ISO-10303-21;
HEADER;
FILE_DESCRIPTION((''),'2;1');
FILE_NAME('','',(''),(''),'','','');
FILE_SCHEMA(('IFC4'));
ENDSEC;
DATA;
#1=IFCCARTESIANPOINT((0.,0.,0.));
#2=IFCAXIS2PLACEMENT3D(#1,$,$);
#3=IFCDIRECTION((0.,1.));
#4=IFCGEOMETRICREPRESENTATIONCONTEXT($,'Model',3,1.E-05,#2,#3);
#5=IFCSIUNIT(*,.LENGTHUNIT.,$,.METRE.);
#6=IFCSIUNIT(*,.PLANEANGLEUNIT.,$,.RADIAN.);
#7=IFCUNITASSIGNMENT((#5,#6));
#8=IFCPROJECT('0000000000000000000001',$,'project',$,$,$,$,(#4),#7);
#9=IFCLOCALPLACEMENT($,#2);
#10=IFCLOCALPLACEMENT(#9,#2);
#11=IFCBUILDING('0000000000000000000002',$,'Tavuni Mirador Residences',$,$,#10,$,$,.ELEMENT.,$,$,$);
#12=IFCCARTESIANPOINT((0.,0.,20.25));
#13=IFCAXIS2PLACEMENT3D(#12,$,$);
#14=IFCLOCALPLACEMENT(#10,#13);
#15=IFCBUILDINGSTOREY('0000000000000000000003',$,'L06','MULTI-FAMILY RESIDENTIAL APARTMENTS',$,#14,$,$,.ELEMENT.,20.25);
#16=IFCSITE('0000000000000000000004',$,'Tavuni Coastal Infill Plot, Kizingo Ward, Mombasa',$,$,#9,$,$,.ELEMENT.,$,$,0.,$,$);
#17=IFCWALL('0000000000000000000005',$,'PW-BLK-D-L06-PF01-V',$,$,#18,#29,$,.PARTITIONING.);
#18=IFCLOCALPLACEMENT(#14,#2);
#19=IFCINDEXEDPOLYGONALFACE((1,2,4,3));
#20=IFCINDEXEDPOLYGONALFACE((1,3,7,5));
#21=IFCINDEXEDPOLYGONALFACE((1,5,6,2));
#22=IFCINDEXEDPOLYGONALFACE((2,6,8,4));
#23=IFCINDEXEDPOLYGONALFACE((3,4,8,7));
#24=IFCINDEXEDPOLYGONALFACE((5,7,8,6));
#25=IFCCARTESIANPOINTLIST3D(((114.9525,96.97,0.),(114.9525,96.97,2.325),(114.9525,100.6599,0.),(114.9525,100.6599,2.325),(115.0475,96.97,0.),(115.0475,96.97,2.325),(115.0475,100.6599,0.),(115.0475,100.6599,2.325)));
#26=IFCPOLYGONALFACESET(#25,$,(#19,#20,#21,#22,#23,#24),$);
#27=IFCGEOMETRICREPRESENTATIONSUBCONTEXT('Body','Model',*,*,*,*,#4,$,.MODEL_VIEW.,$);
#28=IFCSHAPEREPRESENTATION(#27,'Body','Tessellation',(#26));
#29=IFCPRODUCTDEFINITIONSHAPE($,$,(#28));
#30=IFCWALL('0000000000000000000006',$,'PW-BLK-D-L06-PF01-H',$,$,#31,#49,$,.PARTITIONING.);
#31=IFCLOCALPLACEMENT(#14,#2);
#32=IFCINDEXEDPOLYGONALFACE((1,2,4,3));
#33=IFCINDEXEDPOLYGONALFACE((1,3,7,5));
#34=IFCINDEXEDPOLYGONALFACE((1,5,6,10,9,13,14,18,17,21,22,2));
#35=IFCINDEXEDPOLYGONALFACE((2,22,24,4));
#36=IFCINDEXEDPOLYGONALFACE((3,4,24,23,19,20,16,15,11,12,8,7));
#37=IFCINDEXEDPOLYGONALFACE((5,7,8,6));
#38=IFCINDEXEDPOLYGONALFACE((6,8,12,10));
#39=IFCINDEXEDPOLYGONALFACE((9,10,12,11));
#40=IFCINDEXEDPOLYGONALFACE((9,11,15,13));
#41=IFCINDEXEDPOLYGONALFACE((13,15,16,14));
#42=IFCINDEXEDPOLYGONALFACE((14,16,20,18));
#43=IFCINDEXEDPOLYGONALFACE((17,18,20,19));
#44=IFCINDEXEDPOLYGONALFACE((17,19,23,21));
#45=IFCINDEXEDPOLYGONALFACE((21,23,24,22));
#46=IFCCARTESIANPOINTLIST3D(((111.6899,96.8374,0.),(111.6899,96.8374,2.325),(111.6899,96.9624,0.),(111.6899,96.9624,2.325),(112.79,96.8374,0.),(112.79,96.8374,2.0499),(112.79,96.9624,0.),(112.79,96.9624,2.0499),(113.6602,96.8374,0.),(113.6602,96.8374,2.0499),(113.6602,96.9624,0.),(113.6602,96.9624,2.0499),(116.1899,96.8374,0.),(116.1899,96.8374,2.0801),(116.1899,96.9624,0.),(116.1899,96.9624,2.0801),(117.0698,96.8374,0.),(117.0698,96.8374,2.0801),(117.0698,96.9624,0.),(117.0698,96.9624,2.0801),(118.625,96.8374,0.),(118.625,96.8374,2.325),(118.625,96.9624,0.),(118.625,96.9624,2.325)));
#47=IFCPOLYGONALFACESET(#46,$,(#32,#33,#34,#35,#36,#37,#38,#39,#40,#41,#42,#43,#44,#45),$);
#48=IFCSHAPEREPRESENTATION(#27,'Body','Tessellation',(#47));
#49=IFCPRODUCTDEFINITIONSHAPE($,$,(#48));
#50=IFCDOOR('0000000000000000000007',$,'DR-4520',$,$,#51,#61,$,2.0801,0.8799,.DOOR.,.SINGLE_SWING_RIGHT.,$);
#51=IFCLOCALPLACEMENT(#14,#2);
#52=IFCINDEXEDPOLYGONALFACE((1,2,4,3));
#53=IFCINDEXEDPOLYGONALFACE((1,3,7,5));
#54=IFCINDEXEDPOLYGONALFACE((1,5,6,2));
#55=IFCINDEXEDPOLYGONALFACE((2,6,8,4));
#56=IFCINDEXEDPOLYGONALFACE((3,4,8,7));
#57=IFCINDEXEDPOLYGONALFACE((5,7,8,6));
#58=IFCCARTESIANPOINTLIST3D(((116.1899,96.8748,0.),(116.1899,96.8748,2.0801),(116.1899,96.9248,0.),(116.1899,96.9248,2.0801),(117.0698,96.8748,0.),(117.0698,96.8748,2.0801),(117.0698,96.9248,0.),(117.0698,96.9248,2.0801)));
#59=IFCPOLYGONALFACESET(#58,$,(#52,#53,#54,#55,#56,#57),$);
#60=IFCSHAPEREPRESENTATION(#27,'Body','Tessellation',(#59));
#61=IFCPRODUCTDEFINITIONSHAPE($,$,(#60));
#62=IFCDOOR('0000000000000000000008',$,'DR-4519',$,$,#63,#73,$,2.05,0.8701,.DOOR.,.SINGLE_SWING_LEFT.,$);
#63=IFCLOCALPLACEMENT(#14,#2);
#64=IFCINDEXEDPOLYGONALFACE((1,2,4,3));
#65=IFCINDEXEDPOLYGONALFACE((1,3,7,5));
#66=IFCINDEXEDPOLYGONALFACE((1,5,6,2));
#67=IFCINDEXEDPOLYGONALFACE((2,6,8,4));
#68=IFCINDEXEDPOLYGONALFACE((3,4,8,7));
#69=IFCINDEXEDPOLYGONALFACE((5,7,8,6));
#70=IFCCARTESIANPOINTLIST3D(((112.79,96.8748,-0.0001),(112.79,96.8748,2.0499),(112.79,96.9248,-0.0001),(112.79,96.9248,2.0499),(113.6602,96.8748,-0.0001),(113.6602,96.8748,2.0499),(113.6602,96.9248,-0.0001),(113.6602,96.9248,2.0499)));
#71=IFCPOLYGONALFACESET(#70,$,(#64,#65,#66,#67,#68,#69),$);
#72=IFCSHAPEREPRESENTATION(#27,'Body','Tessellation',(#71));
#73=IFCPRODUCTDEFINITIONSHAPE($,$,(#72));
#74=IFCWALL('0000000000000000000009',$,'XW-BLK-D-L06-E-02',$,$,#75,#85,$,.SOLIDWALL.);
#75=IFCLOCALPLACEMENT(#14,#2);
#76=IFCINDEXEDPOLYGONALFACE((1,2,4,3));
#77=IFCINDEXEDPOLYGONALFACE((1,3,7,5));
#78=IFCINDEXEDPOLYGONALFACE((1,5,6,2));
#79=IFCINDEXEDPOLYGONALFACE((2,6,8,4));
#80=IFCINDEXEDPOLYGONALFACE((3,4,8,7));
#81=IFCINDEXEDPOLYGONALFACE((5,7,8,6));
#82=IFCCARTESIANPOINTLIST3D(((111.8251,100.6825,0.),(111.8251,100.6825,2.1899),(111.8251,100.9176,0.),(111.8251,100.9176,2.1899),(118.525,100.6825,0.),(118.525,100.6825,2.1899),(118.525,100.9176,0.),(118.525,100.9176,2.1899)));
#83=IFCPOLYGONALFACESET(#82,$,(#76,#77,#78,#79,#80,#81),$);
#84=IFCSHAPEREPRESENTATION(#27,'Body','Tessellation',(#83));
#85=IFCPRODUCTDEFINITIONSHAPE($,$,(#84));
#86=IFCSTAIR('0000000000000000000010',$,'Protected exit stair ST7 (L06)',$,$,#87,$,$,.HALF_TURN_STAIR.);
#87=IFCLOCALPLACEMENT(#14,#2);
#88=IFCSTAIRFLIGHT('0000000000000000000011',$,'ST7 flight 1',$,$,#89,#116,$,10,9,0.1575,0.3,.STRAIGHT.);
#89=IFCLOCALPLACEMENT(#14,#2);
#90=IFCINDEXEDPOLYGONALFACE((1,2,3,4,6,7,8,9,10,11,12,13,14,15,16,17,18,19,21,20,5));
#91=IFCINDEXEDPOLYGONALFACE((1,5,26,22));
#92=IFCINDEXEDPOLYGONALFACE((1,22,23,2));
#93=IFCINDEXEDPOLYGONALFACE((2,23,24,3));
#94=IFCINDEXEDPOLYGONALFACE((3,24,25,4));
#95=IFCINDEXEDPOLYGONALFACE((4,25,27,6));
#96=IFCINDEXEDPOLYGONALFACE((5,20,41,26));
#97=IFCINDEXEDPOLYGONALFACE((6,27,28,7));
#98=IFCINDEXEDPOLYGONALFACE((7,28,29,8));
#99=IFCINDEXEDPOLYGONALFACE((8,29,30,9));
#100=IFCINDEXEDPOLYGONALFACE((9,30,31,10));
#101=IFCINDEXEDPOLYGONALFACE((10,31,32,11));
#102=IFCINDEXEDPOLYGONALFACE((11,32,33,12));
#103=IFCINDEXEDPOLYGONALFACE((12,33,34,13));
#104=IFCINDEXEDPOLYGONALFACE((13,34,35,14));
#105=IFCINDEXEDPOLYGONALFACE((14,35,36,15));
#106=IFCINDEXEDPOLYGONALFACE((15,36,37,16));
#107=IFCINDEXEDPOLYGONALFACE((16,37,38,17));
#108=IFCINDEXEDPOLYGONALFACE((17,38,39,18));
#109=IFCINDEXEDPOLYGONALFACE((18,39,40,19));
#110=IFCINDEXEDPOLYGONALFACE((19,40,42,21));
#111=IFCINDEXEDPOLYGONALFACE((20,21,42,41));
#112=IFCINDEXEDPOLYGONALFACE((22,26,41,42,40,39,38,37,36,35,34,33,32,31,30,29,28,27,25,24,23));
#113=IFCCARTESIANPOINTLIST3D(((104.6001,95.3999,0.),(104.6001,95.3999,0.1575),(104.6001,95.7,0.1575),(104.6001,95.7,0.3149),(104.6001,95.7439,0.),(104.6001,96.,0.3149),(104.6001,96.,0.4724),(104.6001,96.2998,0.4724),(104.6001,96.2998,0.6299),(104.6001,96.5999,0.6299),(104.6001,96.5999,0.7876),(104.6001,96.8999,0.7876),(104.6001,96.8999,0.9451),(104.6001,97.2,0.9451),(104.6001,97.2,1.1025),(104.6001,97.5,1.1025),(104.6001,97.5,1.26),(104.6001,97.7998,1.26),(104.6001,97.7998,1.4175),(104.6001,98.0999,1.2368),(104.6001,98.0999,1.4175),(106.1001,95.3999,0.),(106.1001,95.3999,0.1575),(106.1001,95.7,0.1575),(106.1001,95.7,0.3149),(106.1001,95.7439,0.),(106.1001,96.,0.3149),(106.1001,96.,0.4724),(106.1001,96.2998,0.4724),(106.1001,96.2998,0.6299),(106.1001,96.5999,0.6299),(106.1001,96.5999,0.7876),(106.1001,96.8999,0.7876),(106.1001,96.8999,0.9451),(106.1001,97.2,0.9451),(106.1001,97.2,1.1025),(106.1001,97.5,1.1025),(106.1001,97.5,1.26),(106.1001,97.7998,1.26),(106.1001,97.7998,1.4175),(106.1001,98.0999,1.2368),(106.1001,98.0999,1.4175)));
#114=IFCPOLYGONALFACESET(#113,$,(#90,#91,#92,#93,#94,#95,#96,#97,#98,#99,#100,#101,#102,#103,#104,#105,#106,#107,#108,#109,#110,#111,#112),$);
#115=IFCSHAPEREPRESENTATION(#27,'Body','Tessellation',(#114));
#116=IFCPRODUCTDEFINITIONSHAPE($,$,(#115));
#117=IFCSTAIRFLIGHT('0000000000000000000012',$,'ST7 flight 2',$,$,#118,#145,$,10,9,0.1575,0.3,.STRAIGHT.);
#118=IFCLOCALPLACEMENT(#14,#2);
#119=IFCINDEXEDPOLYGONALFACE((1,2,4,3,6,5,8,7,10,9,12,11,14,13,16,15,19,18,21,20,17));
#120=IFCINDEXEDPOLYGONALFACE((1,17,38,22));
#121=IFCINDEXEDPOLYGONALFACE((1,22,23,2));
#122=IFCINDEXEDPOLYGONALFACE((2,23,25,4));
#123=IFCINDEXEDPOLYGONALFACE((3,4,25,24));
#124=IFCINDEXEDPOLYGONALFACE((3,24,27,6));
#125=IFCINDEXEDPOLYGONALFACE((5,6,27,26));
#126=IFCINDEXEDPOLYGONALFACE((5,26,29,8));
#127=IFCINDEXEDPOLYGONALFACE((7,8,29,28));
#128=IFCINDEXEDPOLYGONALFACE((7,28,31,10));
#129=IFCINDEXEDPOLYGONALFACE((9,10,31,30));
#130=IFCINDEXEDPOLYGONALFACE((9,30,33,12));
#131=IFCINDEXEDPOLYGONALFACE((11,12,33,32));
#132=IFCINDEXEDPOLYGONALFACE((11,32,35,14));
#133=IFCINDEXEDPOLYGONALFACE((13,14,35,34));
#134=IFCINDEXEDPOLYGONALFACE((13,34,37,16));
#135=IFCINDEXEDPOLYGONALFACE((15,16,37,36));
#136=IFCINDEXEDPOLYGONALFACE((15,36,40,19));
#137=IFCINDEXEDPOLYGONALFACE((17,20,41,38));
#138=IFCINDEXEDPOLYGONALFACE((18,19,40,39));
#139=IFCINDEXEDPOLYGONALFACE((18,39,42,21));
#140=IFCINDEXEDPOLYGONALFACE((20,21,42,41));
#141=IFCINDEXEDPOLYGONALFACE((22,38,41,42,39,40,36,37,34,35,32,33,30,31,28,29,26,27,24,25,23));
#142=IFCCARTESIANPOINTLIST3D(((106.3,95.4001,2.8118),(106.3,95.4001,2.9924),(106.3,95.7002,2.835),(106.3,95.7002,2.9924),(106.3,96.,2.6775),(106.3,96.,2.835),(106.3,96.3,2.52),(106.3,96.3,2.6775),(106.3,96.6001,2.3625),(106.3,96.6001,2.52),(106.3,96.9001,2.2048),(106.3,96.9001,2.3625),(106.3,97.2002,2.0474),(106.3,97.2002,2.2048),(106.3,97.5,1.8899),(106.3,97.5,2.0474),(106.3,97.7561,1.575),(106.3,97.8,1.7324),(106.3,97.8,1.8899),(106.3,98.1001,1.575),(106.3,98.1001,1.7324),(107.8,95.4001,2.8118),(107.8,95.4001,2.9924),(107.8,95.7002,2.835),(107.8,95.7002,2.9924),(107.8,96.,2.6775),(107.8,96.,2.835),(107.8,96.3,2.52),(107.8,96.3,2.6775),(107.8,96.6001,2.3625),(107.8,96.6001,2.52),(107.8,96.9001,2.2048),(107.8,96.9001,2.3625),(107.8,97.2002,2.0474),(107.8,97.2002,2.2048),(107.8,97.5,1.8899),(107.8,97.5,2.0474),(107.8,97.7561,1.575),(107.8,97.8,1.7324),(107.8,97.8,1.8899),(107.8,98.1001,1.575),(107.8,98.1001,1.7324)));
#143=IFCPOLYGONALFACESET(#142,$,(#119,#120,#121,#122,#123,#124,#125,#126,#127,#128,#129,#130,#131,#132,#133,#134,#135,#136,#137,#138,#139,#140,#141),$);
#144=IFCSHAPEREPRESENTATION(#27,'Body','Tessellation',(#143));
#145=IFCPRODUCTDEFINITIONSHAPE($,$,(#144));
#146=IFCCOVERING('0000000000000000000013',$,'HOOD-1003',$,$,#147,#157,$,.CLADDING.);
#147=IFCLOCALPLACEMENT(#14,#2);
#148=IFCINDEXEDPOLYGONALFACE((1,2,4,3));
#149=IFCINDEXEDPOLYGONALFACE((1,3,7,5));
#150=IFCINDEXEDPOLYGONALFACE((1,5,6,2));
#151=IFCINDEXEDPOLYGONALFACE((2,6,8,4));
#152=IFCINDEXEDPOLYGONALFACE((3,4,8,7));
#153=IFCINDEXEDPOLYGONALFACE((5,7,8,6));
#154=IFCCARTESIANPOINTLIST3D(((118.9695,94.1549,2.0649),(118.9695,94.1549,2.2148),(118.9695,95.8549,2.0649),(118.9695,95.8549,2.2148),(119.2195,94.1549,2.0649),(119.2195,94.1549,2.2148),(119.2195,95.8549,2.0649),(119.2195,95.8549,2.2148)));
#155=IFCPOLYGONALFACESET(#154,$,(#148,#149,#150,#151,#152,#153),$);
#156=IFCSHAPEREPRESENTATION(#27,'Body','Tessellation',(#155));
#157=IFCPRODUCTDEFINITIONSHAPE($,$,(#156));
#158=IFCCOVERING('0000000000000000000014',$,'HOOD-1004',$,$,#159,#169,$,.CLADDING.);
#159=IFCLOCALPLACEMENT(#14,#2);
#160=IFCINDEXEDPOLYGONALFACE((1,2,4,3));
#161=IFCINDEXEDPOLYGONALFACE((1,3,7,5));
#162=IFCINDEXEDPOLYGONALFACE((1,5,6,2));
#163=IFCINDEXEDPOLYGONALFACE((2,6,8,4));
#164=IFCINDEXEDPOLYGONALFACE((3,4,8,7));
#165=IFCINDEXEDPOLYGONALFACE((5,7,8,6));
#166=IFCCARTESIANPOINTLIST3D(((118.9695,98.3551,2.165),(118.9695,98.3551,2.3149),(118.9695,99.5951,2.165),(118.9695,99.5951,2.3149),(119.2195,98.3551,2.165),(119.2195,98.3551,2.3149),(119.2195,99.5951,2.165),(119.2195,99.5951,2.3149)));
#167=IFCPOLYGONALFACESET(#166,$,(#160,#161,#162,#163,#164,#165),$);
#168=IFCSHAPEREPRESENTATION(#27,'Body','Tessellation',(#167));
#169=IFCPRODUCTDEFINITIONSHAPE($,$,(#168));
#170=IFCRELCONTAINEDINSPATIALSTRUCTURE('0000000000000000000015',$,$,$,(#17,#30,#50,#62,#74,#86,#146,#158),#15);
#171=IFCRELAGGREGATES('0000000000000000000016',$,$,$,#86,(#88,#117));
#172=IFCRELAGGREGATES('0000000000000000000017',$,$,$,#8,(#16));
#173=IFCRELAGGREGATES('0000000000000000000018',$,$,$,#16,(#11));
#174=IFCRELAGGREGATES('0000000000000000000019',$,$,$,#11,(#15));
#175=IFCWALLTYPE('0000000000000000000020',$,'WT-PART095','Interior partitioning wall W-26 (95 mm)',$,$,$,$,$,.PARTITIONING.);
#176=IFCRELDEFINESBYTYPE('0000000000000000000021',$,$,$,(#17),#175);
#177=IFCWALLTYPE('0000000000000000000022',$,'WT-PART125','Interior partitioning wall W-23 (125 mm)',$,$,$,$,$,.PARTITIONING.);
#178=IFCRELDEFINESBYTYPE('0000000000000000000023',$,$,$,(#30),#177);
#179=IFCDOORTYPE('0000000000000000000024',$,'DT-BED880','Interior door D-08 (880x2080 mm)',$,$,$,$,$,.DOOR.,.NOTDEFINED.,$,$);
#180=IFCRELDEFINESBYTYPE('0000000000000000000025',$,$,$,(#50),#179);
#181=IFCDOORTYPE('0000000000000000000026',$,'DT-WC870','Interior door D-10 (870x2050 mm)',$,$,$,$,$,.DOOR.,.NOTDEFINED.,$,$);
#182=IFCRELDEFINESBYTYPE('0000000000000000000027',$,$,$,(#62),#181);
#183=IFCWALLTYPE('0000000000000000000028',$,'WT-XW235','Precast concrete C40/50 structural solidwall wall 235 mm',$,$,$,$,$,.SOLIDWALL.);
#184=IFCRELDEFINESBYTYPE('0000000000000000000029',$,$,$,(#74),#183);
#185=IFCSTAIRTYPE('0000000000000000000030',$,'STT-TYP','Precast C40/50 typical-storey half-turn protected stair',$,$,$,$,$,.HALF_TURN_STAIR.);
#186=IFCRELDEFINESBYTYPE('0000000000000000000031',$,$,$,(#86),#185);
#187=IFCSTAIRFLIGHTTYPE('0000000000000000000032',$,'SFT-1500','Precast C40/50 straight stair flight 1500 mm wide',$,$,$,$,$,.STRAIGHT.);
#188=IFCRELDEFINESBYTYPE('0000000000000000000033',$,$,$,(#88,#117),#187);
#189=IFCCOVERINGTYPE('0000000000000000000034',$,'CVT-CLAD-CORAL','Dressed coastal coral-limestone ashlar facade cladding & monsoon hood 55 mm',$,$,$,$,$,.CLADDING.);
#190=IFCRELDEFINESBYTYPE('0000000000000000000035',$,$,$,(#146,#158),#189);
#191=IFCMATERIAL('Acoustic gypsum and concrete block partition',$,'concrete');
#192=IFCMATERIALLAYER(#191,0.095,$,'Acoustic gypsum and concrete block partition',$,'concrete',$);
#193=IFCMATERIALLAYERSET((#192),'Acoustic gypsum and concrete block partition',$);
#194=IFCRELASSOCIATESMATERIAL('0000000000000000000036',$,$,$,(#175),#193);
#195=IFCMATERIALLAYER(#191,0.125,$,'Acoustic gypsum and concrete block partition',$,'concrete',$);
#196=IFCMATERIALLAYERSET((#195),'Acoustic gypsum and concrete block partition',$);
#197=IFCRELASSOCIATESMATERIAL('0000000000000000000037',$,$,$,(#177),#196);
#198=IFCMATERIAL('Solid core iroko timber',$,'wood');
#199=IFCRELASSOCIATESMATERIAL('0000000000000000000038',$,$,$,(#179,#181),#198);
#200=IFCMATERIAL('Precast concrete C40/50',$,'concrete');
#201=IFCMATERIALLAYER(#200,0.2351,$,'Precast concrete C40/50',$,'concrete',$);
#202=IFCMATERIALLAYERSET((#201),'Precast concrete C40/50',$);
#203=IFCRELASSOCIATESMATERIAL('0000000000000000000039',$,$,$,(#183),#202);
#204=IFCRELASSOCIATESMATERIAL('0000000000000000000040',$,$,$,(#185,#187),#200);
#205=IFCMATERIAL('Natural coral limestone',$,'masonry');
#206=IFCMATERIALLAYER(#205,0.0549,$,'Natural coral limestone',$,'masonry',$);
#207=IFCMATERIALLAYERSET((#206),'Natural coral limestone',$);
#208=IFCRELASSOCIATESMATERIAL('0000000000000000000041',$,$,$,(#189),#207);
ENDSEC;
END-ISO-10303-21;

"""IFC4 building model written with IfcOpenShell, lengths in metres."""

from ifc_helpers import new_model, si_unit, direction, frame, frame_2d, origin, origin_2d, place, context, subcontext, project, spatial, polyline, rectangle, outline, extrude, material, layer, layer_set, type_object, element, fill, aggregate, save


model = new_model("IFC4")

# Units and contexts
model_context = context("Model", 3, precision=1e-05, world=origin(), true_north=direction((0.0, 1.0)))
body_context = subcontext(model_context, "Body", "Model", "MODEL_VIEW")
ifc_project = project(units=[si_unit("LENGTHUNIT", "METRE"), si_unit("PLANEANGLEUNIT", "RADIAN")], contexts=[model_context])

# Site, building, storey
site_placement = place(None, origin())
site = spatial("IfcSite", under=ifc_project, at=site_placement, Name="Tavuni Coastal Infill Plot, Kizingo Ward, Mombasa", CompositionType="ELEMENT", RefElevation=0.0)
building_placement = place(site_placement, origin())
building = spatial("IfcBuilding", under=site, at=building_placement, Name="Tavuni Mirador Residences", CompositionType="ELEMENT")
storey_placement = place(building_placement, frame((0.0, 0.0, 20.25)))
storey = spatial("IfcBuildingStorey", under=building, at=storey_placement, Name="L06", Description="MULTI-FAMILY RESIDENTIAL APARTMENTS", CompositionType="ELEMENT", Elevation=20.25)

# Shared definitions
ifc_material_1 = material(Name="Precast concrete C40/50", Category="concrete")

# Shared definitions
ifc_material_2 = material(Name="Solid core iroko timber", Category="wood")

# Wall
ifc_material_3 = material(Name="Acoustic gypsum and concrete block partition", Category="concrete")
ifc_layer_1 = layer(ifc_material_3, 0.095, Name="Acoustic gypsum and concrete block partition", Category="concrete")
ifc_layer_set_1 = layer_set([ifc_layer_1], Name="Acoustic gypsum and concrete block partition")
wall_type_1 = type_object("IfcWallType", Name="WT-PART095", Description="Interior partitioning wall W-26 (95 mm)", PredefinedType="PARTITIONING", material=ifc_layer_set_1)
wall_1_placement = place(storey_placement, frame((115.0, 96.97, 0.0), z_axis=(0.0, 0.0, 1.0), x_axis=(0.0, 1.0, 0.0)))
element("IfcWall", 1, at=wall_1_placement, inside=storey, type_object=wall_type_1, Name="PW-BLK-D-L06-PF01-V", PredefinedType="PARTITIONING", context=body_context, shape_type="SweptSolid", body=[
    extrude(rectangle(XDim=3.6899, YDim=0.095, at=frame_2d((1.845, 0.0))), origin(), (0.0, 0.0, 1.0), 2.325),
])

# Wall, openings, doors
ifc_layer_2 = layer(ifc_material_3, 0.125, Name="Acoustic gypsum and concrete block partition", Category="concrete")
ifc_layer_set_2 = layer_set([ifc_layer_2], Name="Acoustic gypsum and concrete block partition")
wall_type_2 = type_object("IfcWallType", Name="WT-PART125", Description="Interior partitioning wall W-23 (125 mm)", PredefinedType="PARTITIONING", material=ifc_layer_set_2)
wall_2_placement = place(storey_placement, frame((111.6899, 96.8999, 0.0), z_axis=(0.0, 0.0, 1.0), x_axis=(1.0, 0.0, 0.0)))
wall_2 = element("IfcWall", 2, at=wall_2_placement, inside=storey, type_object=wall_type_2, Name="PW-BLK-D-L06-PF01-H", PredefinedType="PARTITIONING", context=body_context, shape_type="SweptSolid", body=[
    extrude(rectangle(XDim=6.9351, YDim=0.125, at=frame_2d((3.4675, 0.0))), origin(), (0.0, 0.0, 1.0), 2.325),
])
opening_1_placement = place(wall_2_placement, frame((1.1001, 0.0, 0.0)))
opening_1 = element("IfcOpeningElement", 3, at=opening_1_placement, cuts=wall_2, PredefinedType="OPENING", context=body_context, shape_type="SweptSolid", body=[
    extrude(rectangle(XDim=0.8701, YDim=2.05, at=frame_2d((0.4351, 1.0249))), frame((0.0, 0.0725, 0.0), z_axis=(0.0, -1.0, 0.0), x_axis=(1.0, 0.0, 0.0)), (0.0, 0.0, 1.0), 0.145),
])
opening_2_placement = place(wall_2_placement, frame((4.5, 0.0, 0.0)))
opening_2 = element("IfcOpeningElement", 4, at=opening_2_placement, cuts=wall_2, PredefinedType="OPENING", context=body_context, shape_type="SweptSolid", body=[
    extrude(rectangle(XDim=0.8799, YDim=2.0801, at=frame_2d((0.4399, 1.04))), frame((0.0, 0.0725, 0.0), z_axis=(0.0, -1.0, 0.0), x_axis=(1.0, 0.0, 0.0)), (0.0, 0.0, 1.0), 0.145),
])
door_type_1 = type_object("IfcDoorType", Name="DT-BED880", Description="Interior door D-08 (880x2080 mm)", OperationType="NOTDEFINED", PredefinedType="DOOR", material=ifc_material_2)
door_1_placement = place(opening_2_placement, origin())
door_1 = element("IfcDoor", 5, at=door_1_placement, inside=storey, type_object=door_type_1, Name="DR-4520", OperationType="SINGLE_SWING_RIGHT", OverallHeight=2.0801, OverallWidth=0.8799, PredefinedType="DOOR", context=body_context, shape_type="SweptSolid", body=[
    extrude(rectangle(XDim=0.8799, YDim=2.0801, at=frame_2d((0.4399, 1.04))), frame((0.0, 0.0249, 0.0), z_axis=(0.0, -1.0, 0.0), x_axis=(1.0, 0.0, 0.0)), (0.0, 0.0, 1.0), 0.05),
])
fill(opening_2, door_1)
door_type_2 = type_object("IfcDoorType", Name="DT-WC870", Description="Interior door D-10 (870x2050 mm)", OperationType="NOTDEFINED", PredefinedType="DOOR", material=ifc_material_2)
door_2_placement = place(opening_1_placement, origin())
door_2 = element("IfcDoor", 6, at=door_2_placement, inside=storey, type_object=door_type_2, Name="DR-4519", OperationType="SINGLE_SWING_LEFT", OverallHeight=2.05, OverallWidth=0.8701, PredefinedType="DOOR", context=body_context, shape_type="SweptSolid", body=[
    extrude(rectangle(XDim=0.8701, YDim=2.05, at=frame_2d((0.4351, 1.0249))), frame((0.0, 0.0249, 0.0), z_axis=(0.0, -1.0, 0.0), x_axis=(1.0, 0.0, 0.0)), (0.0, 0.0, 1.0), 0.05),
])
fill(opening_1, door_2)

# Wall
ifc_layer_3 = layer(ifc_material_1, 0.2351, Name="Precast concrete C40/50", Category="concrete")
ifc_layer_set_3 = layer_set([ifc_layer_3], Name="Precast concrete C40/50")
wall_type_3 = type_object("IfcWallType", Name="WT-XW235", Description="Precast concrete C40/50 structural solidwall wall 235 mm", PredefinedType="SOLIDWALL", material=ifc_layer_set_3)
wall_3_placement = place(storey_placement, frame((111.825, 100.8, 0.0), z_axis=(0.0, 0.0, 1.0), x_axis=(1.0, 0.0, 0.0)))
element("IfcWall", 7, at=wall_3_placement, inside=storey, type_object=wall_type_3, Name="XW-BLK-D-L06-E-02", PredefinedType="SOLIDWALL", context=body_context, shape_type="SweptSolid", body=[
    extrude(rectangle(XDim=6.7, YDim=0.2351, at=frame_2d((3.3501, 0.0))), origin(), (0.0, 0.0, 1.0), 2.1899),
])

# Stair, stair flights
stair_type = type_object("IfcStairType", Name="STT-TYP", Description="Precast C40/50 typical-storey half-turn protected stair", PredefinedType="HALF_TURN_STAIR", material=ifc_material_1)
stair_placement = place(storey_placement, origin())
stair = element("IfcStair", 8, at=stair_placement, inside=storey, type_object=stair_type, Name="Protected exit stair ST7 (L06)", PredefinedType="HALF_TURN_STAIR")
stair_flight_type = type_object("IfcStairFlightType", Name="SFT-1500", Description="Precast C40/50 straight stair flight 1500 mm wide", PredefinedType="STRAIGHT", material=ifc_material_1)
stair_flight_1_placement = place(storey_placement, frame((105.3501, 95.3999, 0.0), z_axis=(0.0, 0.0, 1.0), x_axis=(0.0, 1.0, 0.0)))
stair_flight_1 = element("IfcStairFlight", 9, at=stair_flight_1_placement, type_object=stair_flight_type, Name="ST7 flight 1", NumberOfRisers=10, NumberOfTreads=9, PredefinedType="STRAIGHT", RiserHeight=0.1575, TreadLength=0.3, context=body_context, shape_type="SweptSolid", body=[
    extrude(outline(polyline([(0.0, 0.0), (0.0, 0.1575), (0.3, 0.1575), (0.3, 0.3149), (0.6001, 0.3149), (0.6001, 0.4724), (0.8999, 0.4724), (0.8999, 0.6299), (1.2, 0.6299), (1.2, 0.7876), (1.5, 0.7876), (1.5, 0.9451), (1.8, 0.9451), (1.8, 1.1025), (2.1001, 1.1025), (2.1001, 1.26), (2.3999, 1.26), (2.3999, 1.4175), (2.7, 1.4175), (2.7, 1.575), (2.7, 1.2368), (0.344, 0.0), (0.0, 0.0)])), frame((0.0, 0.75, 0.0), z_axis=(0.0, -1.0, 0.0), x_axis=(1.0, 0.0, 0.0)), (0.0, 0.0, 1.0), 1.5),
])
stair_flight_2_placement = place(storey_placement, frame((107.05, 98.1001, 1.575), z_axis=(0.0, 0.0, 1.0), x_axis=(0.0, -1.0, 0.0)))
stair_flight_2 = element("IfcStairFlight", 10, at=stair_flight_2_placement, type_object=stair_flight_type, Name="ST7 flight 2", NumberOfRisers=10, NumberOfTreads=9, PredefinedType="STRAIGHT", RiserHeight=0.1575, TreadLength=0.3, context=body_context, shape_type="SweptSolid", body=[
    extrude(outline(polyline([(0.0, 0.0), (0.0, 0.1575), (0.3, 0.1575), (0.3, 0.3149), (0.6001, 0.3149), (0.6001, 0.4724), (0.8999, 0.4724), (0.8999, 0.6299), (1.2, 0.6299), (1.2, 0.7876), (1.5, 0.7876), (1.5, 0.9451), (1.8, 0.9451), (1.8, 1.1025), (2.1001, 1.1025), (2.1001, 1.26), (2.3999, 1.26), (2.3999, 1.4175), (2.7, 1.4175), (2.7, 1.575), (2.7, 1.2368), (0.344, 0.0), (0.0, 0.0)])), frame((0.0, 0.75, 0.0), z_axis=(0.0, -1.0, 0.0), x_axis=(1.0, 0.0, 0.0)), (0.0, 0.0, 1.0), 1.5),
])
aggregate(stair, [stair_flight_1, stair_flight_2])

# Coverings
ifc_material_4 = material(Name="Natural coral limestone", Category="masonry")
ifc_layer_4 = layer(ifc_material_4, 0.0549, Name="Natural coral limestone", Category="masonry")
ifc_layer_set_4 = layer_set([ifc_layer_4], Name="Natural coral limestone")
covering_type = type_object("IfcCoveringType", Name="CVT-CLAD-CORAL", Description="Dressed coastal coral-limestone ashlar facade cladding & monsoon hood 55 mm", PredefinedType="CLADDING", material=ifc_layer_set_4)
covering_placement = place(storey_placement, frame((119.0945, 95.0049, 2.0649), z_axis=(0.0, 0.0, 1.0), x_axis=(0.0, 1.0, 0.0)))
element("IfcCovering", 11, at=covering_placement, inside=storey, type_object=covering_type, Name="HOOD-1003", PredefinedType="CLADDING", context=body_context, shape_type="SweptSolid", body=[
    extrude(rectangle(XDim=1.7, YDim=0.25, at=origin_2d()), origin(), (0.0, 0.0, 1.0), 0.1499),
])
for number, where, z_axis, x_axis, name in (
    (12, (119.0945, 98.9751, 2.165), (0.0, 0.0, 1.0), (0.0, 1.0, 0.0), "HOOD-1004"),
):
    element("IfcCovering", number, at=place(storey_placement, frame(where, z_axis=z_axis, x_axis=x_axis)), inside=storey, type_object=covering_type, Name=name, PredefinedType="CLADDING", context=body_context, shape_type="SweptSolid", body=[
        extrude(rectangle(XDim=1.24, YDim=0.25, at=origin_2d()), origin(), (0.0, 0.0, 1.0), 0.1499),
    ])

save(model, "model.ifc")
